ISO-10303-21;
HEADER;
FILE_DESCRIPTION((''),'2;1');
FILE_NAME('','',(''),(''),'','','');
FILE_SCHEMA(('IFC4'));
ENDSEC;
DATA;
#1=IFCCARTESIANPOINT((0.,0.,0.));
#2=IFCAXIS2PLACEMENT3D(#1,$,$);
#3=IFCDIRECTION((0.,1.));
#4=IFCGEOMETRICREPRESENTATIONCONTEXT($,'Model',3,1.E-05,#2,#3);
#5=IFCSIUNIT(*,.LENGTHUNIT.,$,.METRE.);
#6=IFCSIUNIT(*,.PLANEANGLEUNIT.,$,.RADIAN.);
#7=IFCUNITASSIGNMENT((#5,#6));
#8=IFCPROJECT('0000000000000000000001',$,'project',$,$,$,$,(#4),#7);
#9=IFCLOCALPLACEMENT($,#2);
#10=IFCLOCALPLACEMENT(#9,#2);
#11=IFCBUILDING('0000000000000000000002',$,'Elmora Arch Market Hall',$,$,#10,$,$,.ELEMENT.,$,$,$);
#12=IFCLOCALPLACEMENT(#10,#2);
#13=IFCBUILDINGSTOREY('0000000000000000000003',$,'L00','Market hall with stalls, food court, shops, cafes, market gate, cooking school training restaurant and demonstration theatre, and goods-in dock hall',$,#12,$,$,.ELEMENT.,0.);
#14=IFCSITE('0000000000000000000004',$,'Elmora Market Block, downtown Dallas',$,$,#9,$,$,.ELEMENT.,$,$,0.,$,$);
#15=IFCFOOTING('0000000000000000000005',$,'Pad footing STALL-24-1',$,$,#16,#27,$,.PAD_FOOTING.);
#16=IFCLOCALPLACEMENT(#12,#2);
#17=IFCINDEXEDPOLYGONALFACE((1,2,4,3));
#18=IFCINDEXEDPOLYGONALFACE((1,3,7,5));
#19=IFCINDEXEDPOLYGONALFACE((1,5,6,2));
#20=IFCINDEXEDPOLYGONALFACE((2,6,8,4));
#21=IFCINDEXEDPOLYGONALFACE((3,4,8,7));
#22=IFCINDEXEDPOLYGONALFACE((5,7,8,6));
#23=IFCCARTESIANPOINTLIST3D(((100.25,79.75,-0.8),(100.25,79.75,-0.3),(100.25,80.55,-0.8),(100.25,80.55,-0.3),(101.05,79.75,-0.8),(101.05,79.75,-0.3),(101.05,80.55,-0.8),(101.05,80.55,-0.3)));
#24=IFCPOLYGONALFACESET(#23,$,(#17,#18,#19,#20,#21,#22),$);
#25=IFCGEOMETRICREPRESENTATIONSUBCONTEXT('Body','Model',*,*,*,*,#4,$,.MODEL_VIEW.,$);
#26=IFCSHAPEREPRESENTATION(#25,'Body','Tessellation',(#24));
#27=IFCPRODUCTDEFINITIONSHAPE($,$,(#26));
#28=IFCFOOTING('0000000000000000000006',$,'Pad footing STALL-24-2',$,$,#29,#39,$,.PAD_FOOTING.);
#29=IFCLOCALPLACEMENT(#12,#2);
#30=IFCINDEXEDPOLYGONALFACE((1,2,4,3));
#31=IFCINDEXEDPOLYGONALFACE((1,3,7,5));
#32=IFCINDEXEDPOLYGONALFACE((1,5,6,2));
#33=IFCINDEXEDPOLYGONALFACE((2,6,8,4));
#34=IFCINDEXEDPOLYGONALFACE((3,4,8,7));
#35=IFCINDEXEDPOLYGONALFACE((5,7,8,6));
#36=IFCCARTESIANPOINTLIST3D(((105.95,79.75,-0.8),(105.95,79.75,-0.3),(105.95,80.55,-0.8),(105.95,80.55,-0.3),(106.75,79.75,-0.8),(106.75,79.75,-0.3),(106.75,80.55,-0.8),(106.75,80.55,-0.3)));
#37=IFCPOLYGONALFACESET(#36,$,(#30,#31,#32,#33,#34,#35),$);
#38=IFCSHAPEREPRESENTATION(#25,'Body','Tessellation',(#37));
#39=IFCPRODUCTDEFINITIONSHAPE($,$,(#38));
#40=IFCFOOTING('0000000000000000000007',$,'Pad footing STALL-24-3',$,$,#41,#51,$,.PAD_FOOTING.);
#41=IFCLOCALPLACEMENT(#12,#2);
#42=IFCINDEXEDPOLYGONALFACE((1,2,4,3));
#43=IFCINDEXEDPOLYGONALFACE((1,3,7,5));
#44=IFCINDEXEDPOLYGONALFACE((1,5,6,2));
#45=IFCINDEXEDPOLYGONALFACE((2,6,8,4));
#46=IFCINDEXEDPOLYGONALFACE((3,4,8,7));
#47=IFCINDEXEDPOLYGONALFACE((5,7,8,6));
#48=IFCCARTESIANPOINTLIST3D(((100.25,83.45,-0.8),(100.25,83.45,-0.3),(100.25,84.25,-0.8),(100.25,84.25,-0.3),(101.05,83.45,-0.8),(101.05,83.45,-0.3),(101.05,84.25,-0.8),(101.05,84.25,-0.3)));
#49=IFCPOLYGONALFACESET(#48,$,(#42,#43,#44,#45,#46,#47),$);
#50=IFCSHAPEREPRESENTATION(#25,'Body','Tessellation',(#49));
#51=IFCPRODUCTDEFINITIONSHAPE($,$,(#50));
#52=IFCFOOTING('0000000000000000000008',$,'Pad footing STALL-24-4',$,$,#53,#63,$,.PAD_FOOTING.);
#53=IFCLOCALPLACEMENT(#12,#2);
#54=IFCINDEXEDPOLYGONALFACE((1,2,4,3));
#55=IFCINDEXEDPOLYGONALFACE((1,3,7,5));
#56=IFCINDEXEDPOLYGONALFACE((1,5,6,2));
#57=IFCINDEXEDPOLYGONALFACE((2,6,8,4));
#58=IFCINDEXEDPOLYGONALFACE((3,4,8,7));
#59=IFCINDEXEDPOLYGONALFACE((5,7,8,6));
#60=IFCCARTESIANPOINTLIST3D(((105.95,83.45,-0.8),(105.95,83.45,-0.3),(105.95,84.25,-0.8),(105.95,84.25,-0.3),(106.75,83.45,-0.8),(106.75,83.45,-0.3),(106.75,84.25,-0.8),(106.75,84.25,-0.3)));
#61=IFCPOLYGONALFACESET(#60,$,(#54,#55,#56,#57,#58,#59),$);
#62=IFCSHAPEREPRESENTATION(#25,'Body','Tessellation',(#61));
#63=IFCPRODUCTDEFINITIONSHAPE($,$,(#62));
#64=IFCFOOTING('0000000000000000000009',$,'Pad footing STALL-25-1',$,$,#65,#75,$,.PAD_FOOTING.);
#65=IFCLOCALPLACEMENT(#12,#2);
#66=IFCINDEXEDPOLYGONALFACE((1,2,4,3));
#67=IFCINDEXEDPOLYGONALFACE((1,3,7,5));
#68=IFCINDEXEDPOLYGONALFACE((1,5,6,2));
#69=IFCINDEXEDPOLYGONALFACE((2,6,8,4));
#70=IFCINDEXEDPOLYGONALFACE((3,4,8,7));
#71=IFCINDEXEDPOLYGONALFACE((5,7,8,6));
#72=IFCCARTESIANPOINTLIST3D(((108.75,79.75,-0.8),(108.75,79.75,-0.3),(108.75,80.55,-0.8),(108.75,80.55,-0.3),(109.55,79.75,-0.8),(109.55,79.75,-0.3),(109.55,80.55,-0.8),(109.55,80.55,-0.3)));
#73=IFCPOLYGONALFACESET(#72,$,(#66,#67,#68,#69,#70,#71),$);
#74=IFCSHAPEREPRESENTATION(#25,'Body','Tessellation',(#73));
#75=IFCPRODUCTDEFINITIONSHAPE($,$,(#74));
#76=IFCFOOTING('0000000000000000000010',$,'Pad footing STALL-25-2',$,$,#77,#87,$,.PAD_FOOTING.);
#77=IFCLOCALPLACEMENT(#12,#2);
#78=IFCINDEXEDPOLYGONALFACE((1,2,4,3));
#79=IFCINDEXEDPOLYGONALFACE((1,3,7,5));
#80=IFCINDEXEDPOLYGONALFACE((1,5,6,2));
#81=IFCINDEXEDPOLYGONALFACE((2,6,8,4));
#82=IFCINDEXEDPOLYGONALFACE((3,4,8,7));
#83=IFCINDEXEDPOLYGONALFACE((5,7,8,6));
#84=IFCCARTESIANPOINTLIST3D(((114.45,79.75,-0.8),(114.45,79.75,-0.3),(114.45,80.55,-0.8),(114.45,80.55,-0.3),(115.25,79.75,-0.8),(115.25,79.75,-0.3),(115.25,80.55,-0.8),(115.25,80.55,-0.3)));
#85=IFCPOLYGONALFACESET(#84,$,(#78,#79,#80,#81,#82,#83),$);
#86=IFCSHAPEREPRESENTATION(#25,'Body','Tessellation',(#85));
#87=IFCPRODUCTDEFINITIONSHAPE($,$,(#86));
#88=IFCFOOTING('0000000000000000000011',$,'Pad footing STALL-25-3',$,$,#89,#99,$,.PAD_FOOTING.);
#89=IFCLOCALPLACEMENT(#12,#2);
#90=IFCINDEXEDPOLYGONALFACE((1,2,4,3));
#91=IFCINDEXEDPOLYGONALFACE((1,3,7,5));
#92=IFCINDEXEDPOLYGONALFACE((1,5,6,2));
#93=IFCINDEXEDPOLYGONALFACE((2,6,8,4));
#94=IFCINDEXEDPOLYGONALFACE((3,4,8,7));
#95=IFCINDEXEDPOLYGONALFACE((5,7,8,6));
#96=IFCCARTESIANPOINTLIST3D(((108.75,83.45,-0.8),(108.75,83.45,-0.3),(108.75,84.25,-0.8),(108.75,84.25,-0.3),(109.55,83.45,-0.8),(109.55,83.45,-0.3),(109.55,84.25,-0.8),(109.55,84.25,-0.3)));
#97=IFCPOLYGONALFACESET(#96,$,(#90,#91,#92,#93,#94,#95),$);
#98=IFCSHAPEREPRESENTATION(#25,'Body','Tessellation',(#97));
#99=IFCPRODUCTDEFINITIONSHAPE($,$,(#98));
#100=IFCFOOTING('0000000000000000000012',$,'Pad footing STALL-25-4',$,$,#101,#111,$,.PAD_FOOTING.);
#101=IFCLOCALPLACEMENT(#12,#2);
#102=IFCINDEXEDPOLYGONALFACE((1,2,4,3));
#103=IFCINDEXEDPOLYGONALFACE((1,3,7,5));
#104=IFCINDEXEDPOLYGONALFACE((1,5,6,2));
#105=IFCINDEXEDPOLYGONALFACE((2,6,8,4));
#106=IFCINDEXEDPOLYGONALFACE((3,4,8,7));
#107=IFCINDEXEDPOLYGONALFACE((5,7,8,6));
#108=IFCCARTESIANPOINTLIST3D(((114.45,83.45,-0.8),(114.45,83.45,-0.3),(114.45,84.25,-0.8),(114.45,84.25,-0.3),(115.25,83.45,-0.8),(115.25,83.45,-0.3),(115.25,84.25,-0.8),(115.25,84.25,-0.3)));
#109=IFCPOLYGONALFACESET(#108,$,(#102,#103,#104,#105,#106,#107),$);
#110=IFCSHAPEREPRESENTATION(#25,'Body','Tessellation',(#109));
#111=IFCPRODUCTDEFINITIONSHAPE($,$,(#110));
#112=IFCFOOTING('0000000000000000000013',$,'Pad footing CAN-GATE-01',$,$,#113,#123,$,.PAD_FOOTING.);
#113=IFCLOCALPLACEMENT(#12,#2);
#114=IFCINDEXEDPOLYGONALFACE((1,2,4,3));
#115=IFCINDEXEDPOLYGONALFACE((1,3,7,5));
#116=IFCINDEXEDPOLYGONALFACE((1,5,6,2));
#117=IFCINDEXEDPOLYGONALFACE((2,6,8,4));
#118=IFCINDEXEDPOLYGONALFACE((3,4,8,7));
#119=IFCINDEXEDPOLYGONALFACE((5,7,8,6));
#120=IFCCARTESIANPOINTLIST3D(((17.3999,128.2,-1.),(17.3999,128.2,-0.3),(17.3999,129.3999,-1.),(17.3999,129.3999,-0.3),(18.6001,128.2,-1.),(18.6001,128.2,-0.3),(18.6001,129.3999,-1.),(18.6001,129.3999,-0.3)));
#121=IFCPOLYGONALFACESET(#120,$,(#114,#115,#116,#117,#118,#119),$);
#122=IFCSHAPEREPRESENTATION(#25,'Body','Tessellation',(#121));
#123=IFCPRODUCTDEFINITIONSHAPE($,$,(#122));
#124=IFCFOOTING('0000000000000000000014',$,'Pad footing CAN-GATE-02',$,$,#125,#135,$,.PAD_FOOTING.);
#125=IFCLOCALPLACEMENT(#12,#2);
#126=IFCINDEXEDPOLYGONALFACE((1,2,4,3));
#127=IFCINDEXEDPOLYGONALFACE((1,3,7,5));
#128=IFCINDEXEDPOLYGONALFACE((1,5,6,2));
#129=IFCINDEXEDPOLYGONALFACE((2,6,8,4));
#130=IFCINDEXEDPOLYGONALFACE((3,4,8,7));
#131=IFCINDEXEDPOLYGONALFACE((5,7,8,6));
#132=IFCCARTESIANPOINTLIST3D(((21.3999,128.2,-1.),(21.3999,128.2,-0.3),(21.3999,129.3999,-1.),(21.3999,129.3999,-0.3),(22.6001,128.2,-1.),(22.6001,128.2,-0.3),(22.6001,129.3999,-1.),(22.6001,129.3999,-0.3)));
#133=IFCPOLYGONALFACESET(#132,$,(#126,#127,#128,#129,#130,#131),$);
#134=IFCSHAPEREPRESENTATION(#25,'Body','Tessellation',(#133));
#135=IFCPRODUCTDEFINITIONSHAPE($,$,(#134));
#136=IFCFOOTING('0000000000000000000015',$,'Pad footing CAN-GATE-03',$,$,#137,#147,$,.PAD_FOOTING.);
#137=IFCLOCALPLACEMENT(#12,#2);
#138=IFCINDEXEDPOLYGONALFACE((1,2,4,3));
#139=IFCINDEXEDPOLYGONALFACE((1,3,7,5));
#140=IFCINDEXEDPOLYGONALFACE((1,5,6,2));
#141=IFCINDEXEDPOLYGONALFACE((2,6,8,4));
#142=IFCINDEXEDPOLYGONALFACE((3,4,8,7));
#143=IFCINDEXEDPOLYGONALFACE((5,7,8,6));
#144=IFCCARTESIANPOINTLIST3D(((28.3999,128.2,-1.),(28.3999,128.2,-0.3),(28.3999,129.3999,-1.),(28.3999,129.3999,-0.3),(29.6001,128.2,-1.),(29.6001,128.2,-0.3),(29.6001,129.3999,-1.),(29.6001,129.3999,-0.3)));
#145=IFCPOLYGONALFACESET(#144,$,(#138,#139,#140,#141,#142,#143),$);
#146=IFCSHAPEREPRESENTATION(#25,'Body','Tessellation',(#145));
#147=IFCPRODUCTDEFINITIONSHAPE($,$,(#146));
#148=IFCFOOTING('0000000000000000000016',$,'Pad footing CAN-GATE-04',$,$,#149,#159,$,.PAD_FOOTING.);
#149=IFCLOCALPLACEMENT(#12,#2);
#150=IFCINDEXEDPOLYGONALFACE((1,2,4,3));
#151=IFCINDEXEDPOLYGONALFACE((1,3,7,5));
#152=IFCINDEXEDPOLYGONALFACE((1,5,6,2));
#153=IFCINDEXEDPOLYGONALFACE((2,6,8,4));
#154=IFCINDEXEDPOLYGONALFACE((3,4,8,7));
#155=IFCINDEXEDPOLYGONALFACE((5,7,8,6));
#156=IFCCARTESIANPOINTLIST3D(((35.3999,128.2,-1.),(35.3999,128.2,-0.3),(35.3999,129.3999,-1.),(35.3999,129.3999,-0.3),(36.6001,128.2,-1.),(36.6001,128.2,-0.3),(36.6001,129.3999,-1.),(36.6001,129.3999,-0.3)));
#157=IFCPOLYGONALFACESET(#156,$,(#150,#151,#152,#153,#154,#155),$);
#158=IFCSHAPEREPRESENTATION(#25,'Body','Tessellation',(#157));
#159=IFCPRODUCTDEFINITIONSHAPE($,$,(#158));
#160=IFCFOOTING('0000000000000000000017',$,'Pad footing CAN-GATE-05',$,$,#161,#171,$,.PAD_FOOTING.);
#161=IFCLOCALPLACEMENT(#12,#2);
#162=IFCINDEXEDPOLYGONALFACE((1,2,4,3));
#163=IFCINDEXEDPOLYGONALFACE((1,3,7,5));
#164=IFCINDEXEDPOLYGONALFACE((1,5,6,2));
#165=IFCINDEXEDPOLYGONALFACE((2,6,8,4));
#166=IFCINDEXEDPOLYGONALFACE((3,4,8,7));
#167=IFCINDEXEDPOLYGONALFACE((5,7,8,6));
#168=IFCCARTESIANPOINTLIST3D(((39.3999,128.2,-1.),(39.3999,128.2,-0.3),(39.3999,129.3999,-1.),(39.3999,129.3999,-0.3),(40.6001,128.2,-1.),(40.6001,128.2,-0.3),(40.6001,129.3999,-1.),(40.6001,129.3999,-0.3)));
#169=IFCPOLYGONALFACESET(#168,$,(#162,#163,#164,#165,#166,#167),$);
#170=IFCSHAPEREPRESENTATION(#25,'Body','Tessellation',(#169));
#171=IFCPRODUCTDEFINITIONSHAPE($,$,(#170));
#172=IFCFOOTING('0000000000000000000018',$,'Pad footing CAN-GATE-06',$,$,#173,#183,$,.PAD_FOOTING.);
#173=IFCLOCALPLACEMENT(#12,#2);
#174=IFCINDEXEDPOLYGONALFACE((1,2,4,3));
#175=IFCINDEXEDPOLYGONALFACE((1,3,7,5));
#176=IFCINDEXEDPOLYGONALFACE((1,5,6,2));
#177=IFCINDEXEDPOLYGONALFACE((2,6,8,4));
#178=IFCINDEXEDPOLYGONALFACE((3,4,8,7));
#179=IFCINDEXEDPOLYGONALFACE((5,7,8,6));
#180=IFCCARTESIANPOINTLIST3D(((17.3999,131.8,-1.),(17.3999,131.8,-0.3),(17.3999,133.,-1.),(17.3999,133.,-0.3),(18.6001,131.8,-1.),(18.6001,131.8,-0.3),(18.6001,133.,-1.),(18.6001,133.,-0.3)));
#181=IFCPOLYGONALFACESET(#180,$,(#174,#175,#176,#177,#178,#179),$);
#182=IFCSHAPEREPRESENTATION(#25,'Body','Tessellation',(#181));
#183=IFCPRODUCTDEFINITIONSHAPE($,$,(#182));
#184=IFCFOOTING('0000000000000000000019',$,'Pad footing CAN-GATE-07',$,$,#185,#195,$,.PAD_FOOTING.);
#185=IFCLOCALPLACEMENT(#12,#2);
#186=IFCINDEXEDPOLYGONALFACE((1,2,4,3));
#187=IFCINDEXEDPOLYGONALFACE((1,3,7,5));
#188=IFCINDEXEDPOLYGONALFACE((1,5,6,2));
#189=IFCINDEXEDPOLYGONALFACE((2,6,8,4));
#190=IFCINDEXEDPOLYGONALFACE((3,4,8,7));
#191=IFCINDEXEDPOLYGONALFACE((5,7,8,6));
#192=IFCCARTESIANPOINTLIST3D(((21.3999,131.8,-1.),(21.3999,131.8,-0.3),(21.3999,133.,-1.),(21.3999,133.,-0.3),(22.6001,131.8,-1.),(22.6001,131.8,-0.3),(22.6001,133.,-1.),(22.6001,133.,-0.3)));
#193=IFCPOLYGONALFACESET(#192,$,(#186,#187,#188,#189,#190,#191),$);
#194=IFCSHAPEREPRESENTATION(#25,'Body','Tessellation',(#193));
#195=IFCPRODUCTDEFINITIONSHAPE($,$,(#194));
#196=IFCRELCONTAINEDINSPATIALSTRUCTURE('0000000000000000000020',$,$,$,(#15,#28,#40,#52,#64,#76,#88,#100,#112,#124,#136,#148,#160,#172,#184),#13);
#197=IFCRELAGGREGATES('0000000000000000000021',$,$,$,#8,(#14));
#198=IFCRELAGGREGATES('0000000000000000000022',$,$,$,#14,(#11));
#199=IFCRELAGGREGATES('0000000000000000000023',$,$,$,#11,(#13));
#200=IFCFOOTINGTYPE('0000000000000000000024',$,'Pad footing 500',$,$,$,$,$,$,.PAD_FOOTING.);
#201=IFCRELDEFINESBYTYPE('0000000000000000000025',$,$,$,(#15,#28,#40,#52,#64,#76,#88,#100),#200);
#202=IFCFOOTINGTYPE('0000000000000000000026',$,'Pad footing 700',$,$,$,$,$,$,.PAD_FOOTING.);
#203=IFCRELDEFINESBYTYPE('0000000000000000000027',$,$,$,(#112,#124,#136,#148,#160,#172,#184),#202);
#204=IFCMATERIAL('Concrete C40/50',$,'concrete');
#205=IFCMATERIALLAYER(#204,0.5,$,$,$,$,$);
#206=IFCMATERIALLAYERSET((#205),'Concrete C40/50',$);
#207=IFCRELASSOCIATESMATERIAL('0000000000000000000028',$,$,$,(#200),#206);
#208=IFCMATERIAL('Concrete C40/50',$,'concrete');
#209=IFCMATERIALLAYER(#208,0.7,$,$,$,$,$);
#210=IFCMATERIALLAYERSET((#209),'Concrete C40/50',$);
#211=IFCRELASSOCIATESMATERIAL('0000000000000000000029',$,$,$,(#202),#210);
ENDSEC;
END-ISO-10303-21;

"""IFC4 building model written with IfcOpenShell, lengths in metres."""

from ifc_helpers import new_model, si_unit, direction, frame, origin, place, context, subcontext, project, spatial, polyline, outline, extrude, material, layer, layer_set, type_object, element, save


model = new_model("IFC4")

# Units and contexts
model_context = context("Model", 3, precision=1e-05, world=origin(), true_north=direction((0.0, 1.0)))
body_context = subcontext(model_context, "Body", "Model", "MODEL_VIEW")
ifc_project = project(units=[si_unit("LENGTHUNIT", "METRE"), si_unit("PLANEANGLEUNIT", "RADIAN")], contexts=[model_context])

# Site, building, storey
site_placement = place(None, origin())
site = spatial("IfcSite", under=ifc_project, at=site_placement, Name="Elmora Market Block, downtown Dallas", CompositionType="ELEMENT", RefElevation=0.0)
building_placement = place(site_placement, origin())
building = spatial("IfcBuilding", under=site, at=building_placement, Name="Elmora Arch Market Hall", CompositionType="ELEMENT")
storey_placement = place(building_placement, origin())
storey = spatial("IfcBuildingStorey", under=building, at=storey_placement, Name="L00", Description="Market hall with stalls, food court, shops, cafes, market gate, cooking school training restaurant and demonstration theatre, and goods-in dock hall", CompositionType="ELEMENT", Elevation=0.0)

# Footings
ifc_material_1 = material(Name="Concrete C40/50", Category="concrete")
ifc_layer_1 = layer(ifc_material_1, 0.5)
ifc_layer_set_1 = layer_set([ifc_layer_1], Name="Concrete C40/50")
footing_type_1 = type_object("IfcFootingType", Name="Pad footing 500", PredefinedType="PAD_FOOTING", material=ifc_layer_set_1)
footing_1_placement = place(storey_placement, frame((0.0, 0.0, -0.8)))
element("IfcFooting", 1, at=footing_1_placement, inside=storey, type_object=footing_type_1, Name="Pad footing STALL-24-1", PredefinedType="PAD_FOOTING", context=body_context, shape_type="SweptSolid", body=[
    extrude(outline(polyline([(100.25, 79.75), (101.05, 79.75), (101.05, 80.55), (100.25, 80.55), (100.25, 79.75)])), origin(), (0.0, 0.0, 1.0), 0.5),
])
footing_2_placement = place(storey_placement, frame((0.0, 0.0, -0.8)))
element("IfcFooting", 2, at=footing_2_placement, inside=storey, type_object=footing_type_1, Name="Pad footing STALL-24-2", PredefinedType="PAD_FOOTING", context=body_context, shape_type="SweptSolid", body=[
    extrude(outline(polyline([(105.95, 79.75), (106.75, 79.75), (106.75, 80.55), (105.95, 80.55), (105.95, 79.75)])), origin(), (0.0, 0.0, 1.0), 0.5),
])
footing_3_placement = place(storey_placement, frame((0.0, 0.0, -0.8)))
element("IfcFooting", 3, at=footing_3_placement, inside=storey, type_object=footing_type_1, Name="Pad footing STALL-24-3", PredefinedType="PAD_FOOTING", context=body_context, shape_type="SweptSolid", body=[
    extrude(outline(polyline([(100.25, 83.45), (101.05, 83.45), (101.05, 84.25), (100.25, 84.25), (100.25, 83.45)])), origin(), (0.0, 0.0, 1.0), 0.5),
])
footing_4_placement = place(storey_placement, frame((0.0, 0.0, -0.8)))
element("IfcFooting", 4, at=footing_4_placement, inside=storey, type_object=footing_type_1, Name="Pad footing STALL-24-4", PredefinedType="PAD_FOOTING", context=body_context, shape_type="SweptSolid", body=[
    extrude(outline(polyline([(105.95, 83.45), (106.75, 83.45), (106.75, 84.25), (105.95, 84.25), (105.95, 83.45)])), origin(), (0.0, 0.0, 1.0), 0.5),
])
footing_5_placement = place(storey_placement, frame((0.0, 0.0, -0.8)))
element("IfcFooting", 5, at=footing_5_placement, inside=storey, type_object=footing_type_1, Name="Pad footing STALL-25-1", PredefinedType="PAD_FOOTING", context=body_context, shape_type="SweptSolid", body=[
    extrude(outline(polyline([(108.75, 79.75), (109.55, 79.75), (109.55, 80.55), (108.75, 80.55), (108.75, 79.75)])), origin(), (0.0, 0.0, 1.0), 0.5),
])
footing_6_placement = place(storey_placement, frame((0.0, 0.0, -0.8)))
element("IfcFooting", 6, at=footing_6_placement, inside=storey, type_object=footing_type_1, Name="Pad footing STALL-25-2", PredefinedType="PAD_FOOTING", context=body_context, shape_type="SweptSolid", body=[
    extrude(outline(polyline([(114.45, 79.75), (115.25, 79.75), (115.25, 80.55), (114.45, 80.55), (114.45, 79.75)])), origin(), (0.0, 0.0, 1.0), 0.5),
])
footing_7_placement = place(storey_placement, frame((0.0, 0.0, -0.8)))
element("IfcFooting", 7, at=footing_7_placement, inside=storey, type_object=footing_type_1, Name="Pad footing STALL-25-3", PredefinedType="PAD_FOOTING", context=body_context, shape_type="SweptSolid", body=[
    extrude(outline(polyline([(108.75, 83.45), (109.55, 83.45), (109.55, 84.25), (108.75, 84.25), (108.75, 83.45)])), origin(), (0.0, 0.0, 1.0), 0.5),
])
footing_8_placement = place(storey_placement, frame((0.0, 0.0, -0.8)))
element("IfcFooting", 8, at=footing_8_placement, inside=storey, type_object=footing_type_1, Name="Pad footing STALL-25-4", PredefinedType="PAD_FOOTING", context=body_context, shape_type="SweptSolid", body=[
    extrude(outline(polyline([(114.45, 83.45), (115.25, 83.45), (115.25, 84.25), (114.45, 84.25), (114.45, 83.45)])), origin(), (0.0, 0.0, 1.0), 0.5),
])
ifc_material_2 = material(Name="Concrete C40/50", Category="concrete")
ifc_layer_2 = layer(ifc_material_2, 0.7)
ifc_layer_set_2 = layer_set([ifc_layer_2], Name="Concrete C40/50")
footing_type_2 = type_object("IfcFootingType", Name="Pad footing 700", PredefinedType="PAD_FOOTING", material=ifc_layer_set_2)
footing_9_placement = place(storey_placement, frame((0.0, 0.0, -1.0)))
element("IfcFooting", 9, at=footing_9_placement, inside=storey, type_object=footing_type_2, Name="Pad footing CAN-GATE-01", PredefinedType="PAD_FOOTING", context=body_context, shape_type="SweptSolid", body=[
    extrude(outline(polyline([(17.3999, 128.2), (18.6001, 128.2), (18.6001, 129.3999), (17.3999, 129.3999), (17.3999, 128.2)])), origin(), (0.0, 0.0, 1.0), 0.7),
])
footing_10_placement = place(storey_placement, frame((0.0, 0.0, -1.0)))
element("IfcFooting", 10, at=footing_10_placement, inside=storey, type_object=footing_type_2, Name="Pad footing CAN-GATE-02", PredefinedType="PAD_FOOTING", context=body_context, shape_type="SweptSolid", body=[
    extrude(outline(polyline([(21.3999, 128.2), (22.6001, 128.2), (22.6001, 129.3999), (21.3999, 129.3999), (21.3999, 128.2)])), origin(), (0.0, 0.0, 1.0), 0.7),
])
footing_11_placement = place(storey_placement, frame((0.0, 0.0, -1.0)))
element("IfcFooting", 11, at=footing_11_placement, inside=storey, type_object=footing_type_2, Name="Pad footing CAN-GATE-03", PredefinedType="PAD_FOOTING", context=body_context, shape_type="SweptSolid", body=[
    extrude(outline(polyline([(28.3999, 128.2), (29.6001, 128.2), (29.6001, 129.3999), (28.3999, 129.3999), (28.3999, 128.2)])), origin(), (0.0, 0.0, 1.0), 0.7),
])
footing_12_placement = place(storey_placement, frame((0.0, 0.0, -1.0)))
element("IfcFooting", 12, at=footing_12_placement, inside=storey, type_object=footing_type_2, Name="Pad footing CAN-GATE-04", PredefinedType="PAD_FOOTING", context=body_context, shape_type="SweptSolid", body=[
    extrude(outline(polyline([(35.3999, 128.2), (36.6001, 128.2), (36.6001, 129.3999), (35.3999, 129.3999), (35.3999, 128.2)])), origin(), (0.0, 0.0, 1.0), 0.7),
])
footing_13_placement = place(storey_placement, frame((0.0, 0.0, -1.0)))
element("IfcFooting", 13, at=footing_13_placement, inside=storey, type_object=footing_type_2, Name="Pad footing CAN-GATE-05", PredefinedType="PAD_FOOTING", context=body_context, shape_type="SweptSolid", body=[
    extrude(outline(polyline([(39.3999, 128.2), (40.6001, 128.2), (40.6001, 129.3999), (39.3999, 129.3999), (39.3999, 128.2)])), origin(), (0.0, 0.0, 1.0), 0.7),
])
footing_14_placement = place(storey_placement, frame((0.0, 0.0, -1.0)))
element("IfcFooting", 14, at=footing_14_placement, inside=storey, type_object=footing_type_2, Name="Pad footing CAN-GATE-06", PredefinedType="PAD_FOOTING", context=body_context, shape_type="SweptSolid", body=[
    extrude(outline(polyline([(17.3999, 131.8), (18.6001, 131.8), (18.6001, 133.0), (17.3999, 133.0), (17.3999, 131.8)])), origin(), (0.0, 0.0, 1.0), 0.7),
])
footing_15_placement = place(storey_placement, frame((0.0, 0.0, -1.0)))
element("IfcFooting", 15, at=footing_15_placement, inside=storey, type_object=footing_type_2, Name="Pad footing CAN-GATE-07", PredefinedType="PAD_FOOTING", context=body_context, shape_type="SweptSolid", body=[
    extrude(outline(polyline([(21.3999, 131.8), (22.6001, 131.8), (22.6001, 133.0), (21.3999, 133.0), (21.3999, 131.8)])), origin(), (0.0, 0.0, 1.0), 0.7),
])

save(model, "model.ifc")
